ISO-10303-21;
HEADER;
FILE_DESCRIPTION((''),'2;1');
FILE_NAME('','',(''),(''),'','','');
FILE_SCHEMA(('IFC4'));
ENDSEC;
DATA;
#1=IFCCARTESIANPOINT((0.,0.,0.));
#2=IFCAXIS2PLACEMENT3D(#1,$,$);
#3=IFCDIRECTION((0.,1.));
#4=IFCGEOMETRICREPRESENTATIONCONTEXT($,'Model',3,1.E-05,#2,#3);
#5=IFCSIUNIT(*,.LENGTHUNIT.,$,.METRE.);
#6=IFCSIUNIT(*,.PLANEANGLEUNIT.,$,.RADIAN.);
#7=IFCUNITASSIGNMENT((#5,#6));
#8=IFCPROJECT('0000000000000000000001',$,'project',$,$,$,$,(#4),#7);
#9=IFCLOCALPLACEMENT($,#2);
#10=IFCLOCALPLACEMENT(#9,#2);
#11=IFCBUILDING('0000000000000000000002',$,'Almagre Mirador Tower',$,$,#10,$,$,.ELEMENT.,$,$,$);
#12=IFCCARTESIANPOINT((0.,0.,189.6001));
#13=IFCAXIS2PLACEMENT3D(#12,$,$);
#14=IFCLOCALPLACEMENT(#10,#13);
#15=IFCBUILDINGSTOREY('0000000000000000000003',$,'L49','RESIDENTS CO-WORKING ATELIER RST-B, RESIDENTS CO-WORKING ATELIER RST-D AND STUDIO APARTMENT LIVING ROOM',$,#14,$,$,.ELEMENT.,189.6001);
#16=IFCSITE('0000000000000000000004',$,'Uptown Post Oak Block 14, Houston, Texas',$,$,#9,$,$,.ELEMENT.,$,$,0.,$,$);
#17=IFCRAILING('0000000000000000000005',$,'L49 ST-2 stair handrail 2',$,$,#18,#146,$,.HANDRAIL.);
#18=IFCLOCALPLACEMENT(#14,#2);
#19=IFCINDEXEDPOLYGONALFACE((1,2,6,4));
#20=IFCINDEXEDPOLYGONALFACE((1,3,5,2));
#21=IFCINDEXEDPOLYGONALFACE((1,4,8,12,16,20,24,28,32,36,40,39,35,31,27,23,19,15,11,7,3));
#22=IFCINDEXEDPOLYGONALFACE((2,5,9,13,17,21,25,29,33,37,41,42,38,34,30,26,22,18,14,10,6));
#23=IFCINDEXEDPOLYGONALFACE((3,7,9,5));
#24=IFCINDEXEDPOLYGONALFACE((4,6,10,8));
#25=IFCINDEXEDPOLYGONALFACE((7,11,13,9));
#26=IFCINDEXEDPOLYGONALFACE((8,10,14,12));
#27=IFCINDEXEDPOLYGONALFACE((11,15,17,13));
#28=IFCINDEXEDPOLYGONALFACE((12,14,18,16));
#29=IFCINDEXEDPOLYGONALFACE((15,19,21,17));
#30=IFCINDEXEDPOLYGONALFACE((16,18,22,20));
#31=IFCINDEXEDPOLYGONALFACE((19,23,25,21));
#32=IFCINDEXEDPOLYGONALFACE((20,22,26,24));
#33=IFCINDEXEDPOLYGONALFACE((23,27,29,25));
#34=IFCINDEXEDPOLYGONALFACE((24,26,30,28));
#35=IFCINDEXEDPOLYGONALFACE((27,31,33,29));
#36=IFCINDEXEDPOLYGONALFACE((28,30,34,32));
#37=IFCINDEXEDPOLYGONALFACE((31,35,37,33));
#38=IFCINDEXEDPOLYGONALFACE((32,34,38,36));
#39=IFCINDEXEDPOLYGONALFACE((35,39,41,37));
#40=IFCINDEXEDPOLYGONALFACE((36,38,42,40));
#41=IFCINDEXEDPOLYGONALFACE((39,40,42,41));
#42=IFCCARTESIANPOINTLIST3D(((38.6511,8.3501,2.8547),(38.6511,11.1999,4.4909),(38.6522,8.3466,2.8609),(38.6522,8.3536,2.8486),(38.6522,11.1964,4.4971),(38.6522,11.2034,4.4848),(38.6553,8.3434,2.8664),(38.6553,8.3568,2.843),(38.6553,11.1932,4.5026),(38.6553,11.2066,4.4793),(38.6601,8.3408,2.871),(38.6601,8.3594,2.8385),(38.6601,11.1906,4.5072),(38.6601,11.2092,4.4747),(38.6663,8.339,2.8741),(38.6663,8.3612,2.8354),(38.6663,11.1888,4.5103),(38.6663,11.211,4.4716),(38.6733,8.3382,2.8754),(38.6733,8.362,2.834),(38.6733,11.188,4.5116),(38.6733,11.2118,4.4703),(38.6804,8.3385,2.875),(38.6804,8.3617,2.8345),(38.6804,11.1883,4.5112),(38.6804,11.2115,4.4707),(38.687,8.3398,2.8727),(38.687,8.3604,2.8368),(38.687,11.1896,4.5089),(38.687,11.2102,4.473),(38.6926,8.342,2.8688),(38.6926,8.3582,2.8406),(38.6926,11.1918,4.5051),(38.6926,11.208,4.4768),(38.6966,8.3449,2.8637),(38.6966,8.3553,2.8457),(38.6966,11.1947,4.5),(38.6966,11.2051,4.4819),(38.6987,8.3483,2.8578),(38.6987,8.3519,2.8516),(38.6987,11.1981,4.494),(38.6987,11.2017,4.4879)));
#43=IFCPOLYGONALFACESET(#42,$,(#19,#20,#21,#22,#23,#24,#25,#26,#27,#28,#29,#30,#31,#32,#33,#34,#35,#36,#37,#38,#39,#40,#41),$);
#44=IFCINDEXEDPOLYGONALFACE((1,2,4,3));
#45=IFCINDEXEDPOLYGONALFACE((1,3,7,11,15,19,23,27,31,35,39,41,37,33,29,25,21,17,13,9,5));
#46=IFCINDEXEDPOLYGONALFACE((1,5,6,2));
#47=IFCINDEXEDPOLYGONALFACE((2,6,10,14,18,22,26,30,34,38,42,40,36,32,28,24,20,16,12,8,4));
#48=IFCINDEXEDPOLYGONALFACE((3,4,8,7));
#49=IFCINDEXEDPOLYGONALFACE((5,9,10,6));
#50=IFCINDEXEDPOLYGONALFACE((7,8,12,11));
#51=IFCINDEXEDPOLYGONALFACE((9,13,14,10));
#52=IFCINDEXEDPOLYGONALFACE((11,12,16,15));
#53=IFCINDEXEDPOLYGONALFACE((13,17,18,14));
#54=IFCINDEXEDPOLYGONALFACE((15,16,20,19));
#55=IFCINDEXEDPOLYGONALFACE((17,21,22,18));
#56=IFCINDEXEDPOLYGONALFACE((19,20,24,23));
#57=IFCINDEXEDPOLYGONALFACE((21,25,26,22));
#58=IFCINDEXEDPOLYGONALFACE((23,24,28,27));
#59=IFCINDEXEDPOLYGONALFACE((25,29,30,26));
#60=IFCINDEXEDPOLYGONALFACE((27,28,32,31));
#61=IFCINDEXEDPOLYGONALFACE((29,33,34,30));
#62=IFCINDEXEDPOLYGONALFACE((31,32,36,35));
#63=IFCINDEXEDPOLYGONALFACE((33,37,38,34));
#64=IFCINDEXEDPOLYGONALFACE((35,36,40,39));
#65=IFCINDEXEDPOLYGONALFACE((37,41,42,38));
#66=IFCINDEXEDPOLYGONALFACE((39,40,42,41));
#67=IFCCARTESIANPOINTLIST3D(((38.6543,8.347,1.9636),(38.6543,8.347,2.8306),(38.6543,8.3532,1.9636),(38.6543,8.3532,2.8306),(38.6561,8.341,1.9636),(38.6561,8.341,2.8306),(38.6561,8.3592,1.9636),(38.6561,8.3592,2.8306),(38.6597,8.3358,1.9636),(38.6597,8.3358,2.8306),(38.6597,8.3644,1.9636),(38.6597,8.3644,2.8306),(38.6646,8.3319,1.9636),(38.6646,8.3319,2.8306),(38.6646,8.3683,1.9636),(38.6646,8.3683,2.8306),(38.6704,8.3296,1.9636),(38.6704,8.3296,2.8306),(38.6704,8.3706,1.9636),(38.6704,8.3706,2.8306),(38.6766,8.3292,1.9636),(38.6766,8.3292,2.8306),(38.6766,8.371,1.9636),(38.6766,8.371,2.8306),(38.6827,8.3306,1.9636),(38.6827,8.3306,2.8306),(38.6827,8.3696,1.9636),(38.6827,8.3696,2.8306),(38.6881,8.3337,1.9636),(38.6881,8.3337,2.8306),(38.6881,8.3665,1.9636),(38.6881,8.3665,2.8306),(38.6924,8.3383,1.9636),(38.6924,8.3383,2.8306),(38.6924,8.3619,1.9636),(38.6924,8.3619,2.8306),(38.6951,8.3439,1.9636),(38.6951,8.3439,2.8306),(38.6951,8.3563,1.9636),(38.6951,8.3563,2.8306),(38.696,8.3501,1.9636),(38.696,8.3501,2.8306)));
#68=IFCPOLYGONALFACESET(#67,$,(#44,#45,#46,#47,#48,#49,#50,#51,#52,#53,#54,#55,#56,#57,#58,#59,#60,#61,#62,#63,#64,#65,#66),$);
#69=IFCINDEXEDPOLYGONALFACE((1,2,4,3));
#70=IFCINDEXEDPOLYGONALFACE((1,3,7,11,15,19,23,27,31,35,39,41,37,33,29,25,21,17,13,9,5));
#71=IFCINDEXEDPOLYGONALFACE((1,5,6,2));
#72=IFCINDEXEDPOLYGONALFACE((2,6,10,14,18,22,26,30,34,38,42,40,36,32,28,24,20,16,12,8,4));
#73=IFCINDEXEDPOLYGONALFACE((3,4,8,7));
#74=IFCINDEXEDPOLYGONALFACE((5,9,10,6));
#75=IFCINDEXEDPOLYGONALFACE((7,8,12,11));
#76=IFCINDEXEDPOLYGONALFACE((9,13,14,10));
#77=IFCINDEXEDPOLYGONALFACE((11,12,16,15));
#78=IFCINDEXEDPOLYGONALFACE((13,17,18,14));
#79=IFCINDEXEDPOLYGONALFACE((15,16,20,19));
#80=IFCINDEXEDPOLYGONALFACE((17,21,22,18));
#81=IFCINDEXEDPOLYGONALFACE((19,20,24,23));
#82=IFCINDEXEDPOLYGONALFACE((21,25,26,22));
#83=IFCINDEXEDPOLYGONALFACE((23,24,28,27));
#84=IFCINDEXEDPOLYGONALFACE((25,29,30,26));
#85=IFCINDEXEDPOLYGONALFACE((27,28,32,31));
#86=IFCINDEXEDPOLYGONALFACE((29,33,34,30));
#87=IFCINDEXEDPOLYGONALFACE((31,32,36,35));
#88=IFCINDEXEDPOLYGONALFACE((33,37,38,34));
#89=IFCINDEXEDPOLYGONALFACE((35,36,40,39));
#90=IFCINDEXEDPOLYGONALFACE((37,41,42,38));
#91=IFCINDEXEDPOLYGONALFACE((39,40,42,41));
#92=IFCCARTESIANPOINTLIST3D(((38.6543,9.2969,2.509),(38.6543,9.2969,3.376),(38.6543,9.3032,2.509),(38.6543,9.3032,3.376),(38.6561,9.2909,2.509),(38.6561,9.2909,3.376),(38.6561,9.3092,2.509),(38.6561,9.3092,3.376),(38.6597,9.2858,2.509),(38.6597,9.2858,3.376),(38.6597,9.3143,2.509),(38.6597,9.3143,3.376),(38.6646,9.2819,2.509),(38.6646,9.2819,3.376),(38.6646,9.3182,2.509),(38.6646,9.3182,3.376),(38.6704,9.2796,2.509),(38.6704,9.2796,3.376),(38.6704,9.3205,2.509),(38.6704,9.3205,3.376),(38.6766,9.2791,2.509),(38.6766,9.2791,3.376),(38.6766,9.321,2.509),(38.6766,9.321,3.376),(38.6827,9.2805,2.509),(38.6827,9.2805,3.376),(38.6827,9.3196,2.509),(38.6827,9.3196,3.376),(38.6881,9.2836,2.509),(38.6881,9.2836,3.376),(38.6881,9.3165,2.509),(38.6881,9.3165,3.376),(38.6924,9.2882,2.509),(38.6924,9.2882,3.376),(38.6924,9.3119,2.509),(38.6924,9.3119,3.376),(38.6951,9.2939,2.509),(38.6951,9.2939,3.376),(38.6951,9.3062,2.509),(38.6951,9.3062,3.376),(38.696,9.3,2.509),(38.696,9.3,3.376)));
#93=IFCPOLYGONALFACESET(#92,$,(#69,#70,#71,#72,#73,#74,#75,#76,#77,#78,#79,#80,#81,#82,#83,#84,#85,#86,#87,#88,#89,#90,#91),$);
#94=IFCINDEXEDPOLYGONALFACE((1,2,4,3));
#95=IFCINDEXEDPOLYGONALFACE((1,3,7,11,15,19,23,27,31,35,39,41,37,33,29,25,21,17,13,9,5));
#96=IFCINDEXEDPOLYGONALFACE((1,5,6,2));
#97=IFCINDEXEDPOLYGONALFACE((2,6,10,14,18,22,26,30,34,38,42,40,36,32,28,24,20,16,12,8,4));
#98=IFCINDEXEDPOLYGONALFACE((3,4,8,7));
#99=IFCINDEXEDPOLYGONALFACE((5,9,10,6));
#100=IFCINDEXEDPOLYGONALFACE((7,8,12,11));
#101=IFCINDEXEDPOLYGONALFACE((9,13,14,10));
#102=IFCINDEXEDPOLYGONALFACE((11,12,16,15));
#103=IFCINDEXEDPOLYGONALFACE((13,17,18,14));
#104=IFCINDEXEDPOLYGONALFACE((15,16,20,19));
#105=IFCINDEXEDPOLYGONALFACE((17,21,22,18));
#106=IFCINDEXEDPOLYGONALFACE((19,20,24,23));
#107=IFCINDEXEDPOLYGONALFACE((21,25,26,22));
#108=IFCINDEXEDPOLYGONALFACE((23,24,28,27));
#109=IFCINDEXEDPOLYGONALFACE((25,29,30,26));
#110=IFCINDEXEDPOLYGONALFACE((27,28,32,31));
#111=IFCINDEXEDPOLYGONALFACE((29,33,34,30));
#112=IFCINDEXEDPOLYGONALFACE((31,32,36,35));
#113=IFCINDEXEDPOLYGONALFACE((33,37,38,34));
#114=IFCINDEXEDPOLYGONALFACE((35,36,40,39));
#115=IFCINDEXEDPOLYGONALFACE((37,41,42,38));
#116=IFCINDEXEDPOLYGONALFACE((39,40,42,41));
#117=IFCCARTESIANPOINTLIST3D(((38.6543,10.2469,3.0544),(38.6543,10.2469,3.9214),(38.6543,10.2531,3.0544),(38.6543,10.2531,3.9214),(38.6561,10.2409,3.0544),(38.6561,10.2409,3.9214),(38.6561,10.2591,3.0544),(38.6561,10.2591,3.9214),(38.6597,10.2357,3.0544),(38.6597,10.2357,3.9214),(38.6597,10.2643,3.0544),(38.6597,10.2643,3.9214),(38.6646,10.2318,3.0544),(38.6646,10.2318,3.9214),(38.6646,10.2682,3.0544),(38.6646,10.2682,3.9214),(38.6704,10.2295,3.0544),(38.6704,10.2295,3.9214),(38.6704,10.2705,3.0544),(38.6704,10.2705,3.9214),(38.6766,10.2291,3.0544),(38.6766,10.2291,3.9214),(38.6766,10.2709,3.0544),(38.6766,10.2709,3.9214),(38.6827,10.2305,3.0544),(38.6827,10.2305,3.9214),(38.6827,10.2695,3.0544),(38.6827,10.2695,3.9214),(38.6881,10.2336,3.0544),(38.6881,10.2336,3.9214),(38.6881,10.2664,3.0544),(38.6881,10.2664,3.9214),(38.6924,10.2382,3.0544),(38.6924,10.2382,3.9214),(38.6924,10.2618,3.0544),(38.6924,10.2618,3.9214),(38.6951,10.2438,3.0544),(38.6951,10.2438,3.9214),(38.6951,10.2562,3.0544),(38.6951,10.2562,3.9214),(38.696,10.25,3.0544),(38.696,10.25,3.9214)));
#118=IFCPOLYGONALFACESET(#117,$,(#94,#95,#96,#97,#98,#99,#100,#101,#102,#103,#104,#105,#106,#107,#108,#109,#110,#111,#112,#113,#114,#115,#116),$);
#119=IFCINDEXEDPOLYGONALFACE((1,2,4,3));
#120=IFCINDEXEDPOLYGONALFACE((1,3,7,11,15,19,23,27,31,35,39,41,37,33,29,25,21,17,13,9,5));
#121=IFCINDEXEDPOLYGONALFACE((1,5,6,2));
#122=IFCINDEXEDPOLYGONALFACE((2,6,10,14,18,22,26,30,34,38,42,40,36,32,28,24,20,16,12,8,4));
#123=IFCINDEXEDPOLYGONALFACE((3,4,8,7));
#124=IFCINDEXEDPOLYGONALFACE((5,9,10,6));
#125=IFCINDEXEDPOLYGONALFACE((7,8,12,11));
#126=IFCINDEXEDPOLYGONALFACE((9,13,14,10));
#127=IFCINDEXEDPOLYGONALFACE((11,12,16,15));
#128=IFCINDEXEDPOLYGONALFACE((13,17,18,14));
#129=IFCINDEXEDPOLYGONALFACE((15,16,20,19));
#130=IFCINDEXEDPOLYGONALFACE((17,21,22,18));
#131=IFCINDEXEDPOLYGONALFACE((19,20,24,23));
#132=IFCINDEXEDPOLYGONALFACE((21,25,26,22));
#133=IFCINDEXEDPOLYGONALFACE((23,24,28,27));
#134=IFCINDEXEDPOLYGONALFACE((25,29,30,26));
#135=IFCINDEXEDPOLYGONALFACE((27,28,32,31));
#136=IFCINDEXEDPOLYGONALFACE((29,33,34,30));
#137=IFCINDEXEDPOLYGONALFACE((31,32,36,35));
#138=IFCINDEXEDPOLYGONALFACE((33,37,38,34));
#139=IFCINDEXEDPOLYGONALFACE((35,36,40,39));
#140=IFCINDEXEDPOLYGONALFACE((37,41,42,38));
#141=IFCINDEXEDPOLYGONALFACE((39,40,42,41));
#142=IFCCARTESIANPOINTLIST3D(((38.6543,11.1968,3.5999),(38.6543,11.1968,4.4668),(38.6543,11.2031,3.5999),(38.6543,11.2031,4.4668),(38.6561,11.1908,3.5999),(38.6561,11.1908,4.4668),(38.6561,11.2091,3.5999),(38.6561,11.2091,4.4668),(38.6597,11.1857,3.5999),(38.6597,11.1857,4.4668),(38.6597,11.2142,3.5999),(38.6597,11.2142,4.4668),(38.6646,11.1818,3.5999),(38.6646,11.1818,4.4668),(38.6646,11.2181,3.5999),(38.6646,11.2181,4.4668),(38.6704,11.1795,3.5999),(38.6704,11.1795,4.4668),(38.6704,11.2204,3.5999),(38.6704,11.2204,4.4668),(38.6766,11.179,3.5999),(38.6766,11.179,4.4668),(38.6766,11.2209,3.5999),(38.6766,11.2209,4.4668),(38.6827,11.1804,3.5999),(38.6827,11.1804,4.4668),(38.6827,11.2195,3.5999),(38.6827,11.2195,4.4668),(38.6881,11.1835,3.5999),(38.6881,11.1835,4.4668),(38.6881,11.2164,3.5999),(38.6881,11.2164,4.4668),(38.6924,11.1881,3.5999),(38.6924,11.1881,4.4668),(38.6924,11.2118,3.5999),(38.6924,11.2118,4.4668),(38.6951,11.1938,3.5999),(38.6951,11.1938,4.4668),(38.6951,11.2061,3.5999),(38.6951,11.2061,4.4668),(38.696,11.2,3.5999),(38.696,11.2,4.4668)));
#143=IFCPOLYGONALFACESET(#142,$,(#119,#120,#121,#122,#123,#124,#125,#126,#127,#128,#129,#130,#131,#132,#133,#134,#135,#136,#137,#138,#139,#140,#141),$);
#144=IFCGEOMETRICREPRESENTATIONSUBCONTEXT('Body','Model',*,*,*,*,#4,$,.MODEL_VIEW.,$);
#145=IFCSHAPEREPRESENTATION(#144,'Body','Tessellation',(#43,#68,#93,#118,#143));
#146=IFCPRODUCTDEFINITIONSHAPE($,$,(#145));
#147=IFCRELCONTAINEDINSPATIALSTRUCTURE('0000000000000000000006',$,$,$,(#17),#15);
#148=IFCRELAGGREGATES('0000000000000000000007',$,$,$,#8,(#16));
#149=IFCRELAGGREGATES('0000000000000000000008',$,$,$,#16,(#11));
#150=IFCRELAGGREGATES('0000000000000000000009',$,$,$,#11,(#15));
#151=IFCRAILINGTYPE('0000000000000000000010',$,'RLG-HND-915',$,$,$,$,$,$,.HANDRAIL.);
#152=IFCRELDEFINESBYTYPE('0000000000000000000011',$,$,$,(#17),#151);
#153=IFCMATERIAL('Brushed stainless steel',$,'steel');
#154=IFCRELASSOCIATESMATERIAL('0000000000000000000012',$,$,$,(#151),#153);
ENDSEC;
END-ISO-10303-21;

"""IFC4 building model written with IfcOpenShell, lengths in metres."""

from ifc_helpers import new_model, si_unit, direction, frame, origin, origin_2d, place, context, subcontext, project, spatial, circle, extrude, material, type_object, element, save


model = new_model("IFC4")

# Units and contexts
model_context = context("Model", 3, precision=1e-05, world=origin(), true_north=direction((0.0, 1.0)))
body_context = subcontext(model_context, "Body", "Model", "MODEL_VIEW")
ifc_project = project(units=[si_unit("LENGTHUNIT", "METRE"), si_unit("PLANEANGLEUNIT", "RADIAN")], contexts=[model_context])

# Site, building, storey
site_placement = place(None, origin())
site = spatial("IfcSite", under=ifc_project, at=site_placement, Name="Uptown Post Oak Block 14, Houston, Texas", CompositionType="ELEMENT", RefElevation=0.0)
building_placement = place(site_placement, origin())
building = spatial("IfcBuilding", under=site, at=building_placement, Name="Almagre Mirador Tower", CompositionType="ELEMENT")
storey_placement = place(building_placement, frame((0.0, 0.0, 189.6001)))
storey = spatial("IfcBuildingStorey", under=building, at=storey_placement, Name="L49", Description="RESIDENTS CO-WORKING ATELIER RST-B, RESIDENTS CO-WORKING ATELIER RST-D AND STUDIO APARTMENT LIVING ROOM", CompositionType="ELEMENT", Elevation=189.6001)

# Railing
ifc_material_1 = material(Name="Brushed stainless steel", Category="steel")
railing_type_1 = type_object("IfcRailingType", Name="RLG-HND-915", PredefinedType="HANDRAIL", material=ifc_material_1)
railing_1_placement = place(storey_placement, frame((38.675, 8.3501, 1.9636)))
element("IfcRailing", 1, at=railing_1_placement, inside=storey, type_object=railing_type_1, Name="L49 ST-2 stair handrail 2", PredefinedType="HANDRAIL", context=body_context, shape_type="SweptSolid", body=[
    extrude(circle(Radius=0.0239, at=origin_2d()), frame((0.0, 0.0, 0.8911), z_axis=(0.0, 0.867226, 0.497914), x_axis=(-1.0, 0.0, 0.0)), (0.0, 0.0, 1.0), 3.2861),
    extrude(circle(Radius=0.021, at=origin_2d()), origin(), (0.0, 0.0, 1.0), 0.8669),
    extrude(circle(Radius=0.021, at=origin_2d()), frame((0.0, 0.95, 0.5454)), (0.0, 0.0, 1.0), 0.8669),
    extrude(circle(Radius=0.021, at=origin_2d()), frame((0.0, 1.8999, 1.0908)), (0.0, 0.0, 1.0), 0.8669),
    extrude(circle(Radius=0.021, at=origin_2d()), frame((0.0, 2.8499, 1.6362)), (0.0, 0.0, 1.0), 0.8669),
])

save(model, "model.ifc")
